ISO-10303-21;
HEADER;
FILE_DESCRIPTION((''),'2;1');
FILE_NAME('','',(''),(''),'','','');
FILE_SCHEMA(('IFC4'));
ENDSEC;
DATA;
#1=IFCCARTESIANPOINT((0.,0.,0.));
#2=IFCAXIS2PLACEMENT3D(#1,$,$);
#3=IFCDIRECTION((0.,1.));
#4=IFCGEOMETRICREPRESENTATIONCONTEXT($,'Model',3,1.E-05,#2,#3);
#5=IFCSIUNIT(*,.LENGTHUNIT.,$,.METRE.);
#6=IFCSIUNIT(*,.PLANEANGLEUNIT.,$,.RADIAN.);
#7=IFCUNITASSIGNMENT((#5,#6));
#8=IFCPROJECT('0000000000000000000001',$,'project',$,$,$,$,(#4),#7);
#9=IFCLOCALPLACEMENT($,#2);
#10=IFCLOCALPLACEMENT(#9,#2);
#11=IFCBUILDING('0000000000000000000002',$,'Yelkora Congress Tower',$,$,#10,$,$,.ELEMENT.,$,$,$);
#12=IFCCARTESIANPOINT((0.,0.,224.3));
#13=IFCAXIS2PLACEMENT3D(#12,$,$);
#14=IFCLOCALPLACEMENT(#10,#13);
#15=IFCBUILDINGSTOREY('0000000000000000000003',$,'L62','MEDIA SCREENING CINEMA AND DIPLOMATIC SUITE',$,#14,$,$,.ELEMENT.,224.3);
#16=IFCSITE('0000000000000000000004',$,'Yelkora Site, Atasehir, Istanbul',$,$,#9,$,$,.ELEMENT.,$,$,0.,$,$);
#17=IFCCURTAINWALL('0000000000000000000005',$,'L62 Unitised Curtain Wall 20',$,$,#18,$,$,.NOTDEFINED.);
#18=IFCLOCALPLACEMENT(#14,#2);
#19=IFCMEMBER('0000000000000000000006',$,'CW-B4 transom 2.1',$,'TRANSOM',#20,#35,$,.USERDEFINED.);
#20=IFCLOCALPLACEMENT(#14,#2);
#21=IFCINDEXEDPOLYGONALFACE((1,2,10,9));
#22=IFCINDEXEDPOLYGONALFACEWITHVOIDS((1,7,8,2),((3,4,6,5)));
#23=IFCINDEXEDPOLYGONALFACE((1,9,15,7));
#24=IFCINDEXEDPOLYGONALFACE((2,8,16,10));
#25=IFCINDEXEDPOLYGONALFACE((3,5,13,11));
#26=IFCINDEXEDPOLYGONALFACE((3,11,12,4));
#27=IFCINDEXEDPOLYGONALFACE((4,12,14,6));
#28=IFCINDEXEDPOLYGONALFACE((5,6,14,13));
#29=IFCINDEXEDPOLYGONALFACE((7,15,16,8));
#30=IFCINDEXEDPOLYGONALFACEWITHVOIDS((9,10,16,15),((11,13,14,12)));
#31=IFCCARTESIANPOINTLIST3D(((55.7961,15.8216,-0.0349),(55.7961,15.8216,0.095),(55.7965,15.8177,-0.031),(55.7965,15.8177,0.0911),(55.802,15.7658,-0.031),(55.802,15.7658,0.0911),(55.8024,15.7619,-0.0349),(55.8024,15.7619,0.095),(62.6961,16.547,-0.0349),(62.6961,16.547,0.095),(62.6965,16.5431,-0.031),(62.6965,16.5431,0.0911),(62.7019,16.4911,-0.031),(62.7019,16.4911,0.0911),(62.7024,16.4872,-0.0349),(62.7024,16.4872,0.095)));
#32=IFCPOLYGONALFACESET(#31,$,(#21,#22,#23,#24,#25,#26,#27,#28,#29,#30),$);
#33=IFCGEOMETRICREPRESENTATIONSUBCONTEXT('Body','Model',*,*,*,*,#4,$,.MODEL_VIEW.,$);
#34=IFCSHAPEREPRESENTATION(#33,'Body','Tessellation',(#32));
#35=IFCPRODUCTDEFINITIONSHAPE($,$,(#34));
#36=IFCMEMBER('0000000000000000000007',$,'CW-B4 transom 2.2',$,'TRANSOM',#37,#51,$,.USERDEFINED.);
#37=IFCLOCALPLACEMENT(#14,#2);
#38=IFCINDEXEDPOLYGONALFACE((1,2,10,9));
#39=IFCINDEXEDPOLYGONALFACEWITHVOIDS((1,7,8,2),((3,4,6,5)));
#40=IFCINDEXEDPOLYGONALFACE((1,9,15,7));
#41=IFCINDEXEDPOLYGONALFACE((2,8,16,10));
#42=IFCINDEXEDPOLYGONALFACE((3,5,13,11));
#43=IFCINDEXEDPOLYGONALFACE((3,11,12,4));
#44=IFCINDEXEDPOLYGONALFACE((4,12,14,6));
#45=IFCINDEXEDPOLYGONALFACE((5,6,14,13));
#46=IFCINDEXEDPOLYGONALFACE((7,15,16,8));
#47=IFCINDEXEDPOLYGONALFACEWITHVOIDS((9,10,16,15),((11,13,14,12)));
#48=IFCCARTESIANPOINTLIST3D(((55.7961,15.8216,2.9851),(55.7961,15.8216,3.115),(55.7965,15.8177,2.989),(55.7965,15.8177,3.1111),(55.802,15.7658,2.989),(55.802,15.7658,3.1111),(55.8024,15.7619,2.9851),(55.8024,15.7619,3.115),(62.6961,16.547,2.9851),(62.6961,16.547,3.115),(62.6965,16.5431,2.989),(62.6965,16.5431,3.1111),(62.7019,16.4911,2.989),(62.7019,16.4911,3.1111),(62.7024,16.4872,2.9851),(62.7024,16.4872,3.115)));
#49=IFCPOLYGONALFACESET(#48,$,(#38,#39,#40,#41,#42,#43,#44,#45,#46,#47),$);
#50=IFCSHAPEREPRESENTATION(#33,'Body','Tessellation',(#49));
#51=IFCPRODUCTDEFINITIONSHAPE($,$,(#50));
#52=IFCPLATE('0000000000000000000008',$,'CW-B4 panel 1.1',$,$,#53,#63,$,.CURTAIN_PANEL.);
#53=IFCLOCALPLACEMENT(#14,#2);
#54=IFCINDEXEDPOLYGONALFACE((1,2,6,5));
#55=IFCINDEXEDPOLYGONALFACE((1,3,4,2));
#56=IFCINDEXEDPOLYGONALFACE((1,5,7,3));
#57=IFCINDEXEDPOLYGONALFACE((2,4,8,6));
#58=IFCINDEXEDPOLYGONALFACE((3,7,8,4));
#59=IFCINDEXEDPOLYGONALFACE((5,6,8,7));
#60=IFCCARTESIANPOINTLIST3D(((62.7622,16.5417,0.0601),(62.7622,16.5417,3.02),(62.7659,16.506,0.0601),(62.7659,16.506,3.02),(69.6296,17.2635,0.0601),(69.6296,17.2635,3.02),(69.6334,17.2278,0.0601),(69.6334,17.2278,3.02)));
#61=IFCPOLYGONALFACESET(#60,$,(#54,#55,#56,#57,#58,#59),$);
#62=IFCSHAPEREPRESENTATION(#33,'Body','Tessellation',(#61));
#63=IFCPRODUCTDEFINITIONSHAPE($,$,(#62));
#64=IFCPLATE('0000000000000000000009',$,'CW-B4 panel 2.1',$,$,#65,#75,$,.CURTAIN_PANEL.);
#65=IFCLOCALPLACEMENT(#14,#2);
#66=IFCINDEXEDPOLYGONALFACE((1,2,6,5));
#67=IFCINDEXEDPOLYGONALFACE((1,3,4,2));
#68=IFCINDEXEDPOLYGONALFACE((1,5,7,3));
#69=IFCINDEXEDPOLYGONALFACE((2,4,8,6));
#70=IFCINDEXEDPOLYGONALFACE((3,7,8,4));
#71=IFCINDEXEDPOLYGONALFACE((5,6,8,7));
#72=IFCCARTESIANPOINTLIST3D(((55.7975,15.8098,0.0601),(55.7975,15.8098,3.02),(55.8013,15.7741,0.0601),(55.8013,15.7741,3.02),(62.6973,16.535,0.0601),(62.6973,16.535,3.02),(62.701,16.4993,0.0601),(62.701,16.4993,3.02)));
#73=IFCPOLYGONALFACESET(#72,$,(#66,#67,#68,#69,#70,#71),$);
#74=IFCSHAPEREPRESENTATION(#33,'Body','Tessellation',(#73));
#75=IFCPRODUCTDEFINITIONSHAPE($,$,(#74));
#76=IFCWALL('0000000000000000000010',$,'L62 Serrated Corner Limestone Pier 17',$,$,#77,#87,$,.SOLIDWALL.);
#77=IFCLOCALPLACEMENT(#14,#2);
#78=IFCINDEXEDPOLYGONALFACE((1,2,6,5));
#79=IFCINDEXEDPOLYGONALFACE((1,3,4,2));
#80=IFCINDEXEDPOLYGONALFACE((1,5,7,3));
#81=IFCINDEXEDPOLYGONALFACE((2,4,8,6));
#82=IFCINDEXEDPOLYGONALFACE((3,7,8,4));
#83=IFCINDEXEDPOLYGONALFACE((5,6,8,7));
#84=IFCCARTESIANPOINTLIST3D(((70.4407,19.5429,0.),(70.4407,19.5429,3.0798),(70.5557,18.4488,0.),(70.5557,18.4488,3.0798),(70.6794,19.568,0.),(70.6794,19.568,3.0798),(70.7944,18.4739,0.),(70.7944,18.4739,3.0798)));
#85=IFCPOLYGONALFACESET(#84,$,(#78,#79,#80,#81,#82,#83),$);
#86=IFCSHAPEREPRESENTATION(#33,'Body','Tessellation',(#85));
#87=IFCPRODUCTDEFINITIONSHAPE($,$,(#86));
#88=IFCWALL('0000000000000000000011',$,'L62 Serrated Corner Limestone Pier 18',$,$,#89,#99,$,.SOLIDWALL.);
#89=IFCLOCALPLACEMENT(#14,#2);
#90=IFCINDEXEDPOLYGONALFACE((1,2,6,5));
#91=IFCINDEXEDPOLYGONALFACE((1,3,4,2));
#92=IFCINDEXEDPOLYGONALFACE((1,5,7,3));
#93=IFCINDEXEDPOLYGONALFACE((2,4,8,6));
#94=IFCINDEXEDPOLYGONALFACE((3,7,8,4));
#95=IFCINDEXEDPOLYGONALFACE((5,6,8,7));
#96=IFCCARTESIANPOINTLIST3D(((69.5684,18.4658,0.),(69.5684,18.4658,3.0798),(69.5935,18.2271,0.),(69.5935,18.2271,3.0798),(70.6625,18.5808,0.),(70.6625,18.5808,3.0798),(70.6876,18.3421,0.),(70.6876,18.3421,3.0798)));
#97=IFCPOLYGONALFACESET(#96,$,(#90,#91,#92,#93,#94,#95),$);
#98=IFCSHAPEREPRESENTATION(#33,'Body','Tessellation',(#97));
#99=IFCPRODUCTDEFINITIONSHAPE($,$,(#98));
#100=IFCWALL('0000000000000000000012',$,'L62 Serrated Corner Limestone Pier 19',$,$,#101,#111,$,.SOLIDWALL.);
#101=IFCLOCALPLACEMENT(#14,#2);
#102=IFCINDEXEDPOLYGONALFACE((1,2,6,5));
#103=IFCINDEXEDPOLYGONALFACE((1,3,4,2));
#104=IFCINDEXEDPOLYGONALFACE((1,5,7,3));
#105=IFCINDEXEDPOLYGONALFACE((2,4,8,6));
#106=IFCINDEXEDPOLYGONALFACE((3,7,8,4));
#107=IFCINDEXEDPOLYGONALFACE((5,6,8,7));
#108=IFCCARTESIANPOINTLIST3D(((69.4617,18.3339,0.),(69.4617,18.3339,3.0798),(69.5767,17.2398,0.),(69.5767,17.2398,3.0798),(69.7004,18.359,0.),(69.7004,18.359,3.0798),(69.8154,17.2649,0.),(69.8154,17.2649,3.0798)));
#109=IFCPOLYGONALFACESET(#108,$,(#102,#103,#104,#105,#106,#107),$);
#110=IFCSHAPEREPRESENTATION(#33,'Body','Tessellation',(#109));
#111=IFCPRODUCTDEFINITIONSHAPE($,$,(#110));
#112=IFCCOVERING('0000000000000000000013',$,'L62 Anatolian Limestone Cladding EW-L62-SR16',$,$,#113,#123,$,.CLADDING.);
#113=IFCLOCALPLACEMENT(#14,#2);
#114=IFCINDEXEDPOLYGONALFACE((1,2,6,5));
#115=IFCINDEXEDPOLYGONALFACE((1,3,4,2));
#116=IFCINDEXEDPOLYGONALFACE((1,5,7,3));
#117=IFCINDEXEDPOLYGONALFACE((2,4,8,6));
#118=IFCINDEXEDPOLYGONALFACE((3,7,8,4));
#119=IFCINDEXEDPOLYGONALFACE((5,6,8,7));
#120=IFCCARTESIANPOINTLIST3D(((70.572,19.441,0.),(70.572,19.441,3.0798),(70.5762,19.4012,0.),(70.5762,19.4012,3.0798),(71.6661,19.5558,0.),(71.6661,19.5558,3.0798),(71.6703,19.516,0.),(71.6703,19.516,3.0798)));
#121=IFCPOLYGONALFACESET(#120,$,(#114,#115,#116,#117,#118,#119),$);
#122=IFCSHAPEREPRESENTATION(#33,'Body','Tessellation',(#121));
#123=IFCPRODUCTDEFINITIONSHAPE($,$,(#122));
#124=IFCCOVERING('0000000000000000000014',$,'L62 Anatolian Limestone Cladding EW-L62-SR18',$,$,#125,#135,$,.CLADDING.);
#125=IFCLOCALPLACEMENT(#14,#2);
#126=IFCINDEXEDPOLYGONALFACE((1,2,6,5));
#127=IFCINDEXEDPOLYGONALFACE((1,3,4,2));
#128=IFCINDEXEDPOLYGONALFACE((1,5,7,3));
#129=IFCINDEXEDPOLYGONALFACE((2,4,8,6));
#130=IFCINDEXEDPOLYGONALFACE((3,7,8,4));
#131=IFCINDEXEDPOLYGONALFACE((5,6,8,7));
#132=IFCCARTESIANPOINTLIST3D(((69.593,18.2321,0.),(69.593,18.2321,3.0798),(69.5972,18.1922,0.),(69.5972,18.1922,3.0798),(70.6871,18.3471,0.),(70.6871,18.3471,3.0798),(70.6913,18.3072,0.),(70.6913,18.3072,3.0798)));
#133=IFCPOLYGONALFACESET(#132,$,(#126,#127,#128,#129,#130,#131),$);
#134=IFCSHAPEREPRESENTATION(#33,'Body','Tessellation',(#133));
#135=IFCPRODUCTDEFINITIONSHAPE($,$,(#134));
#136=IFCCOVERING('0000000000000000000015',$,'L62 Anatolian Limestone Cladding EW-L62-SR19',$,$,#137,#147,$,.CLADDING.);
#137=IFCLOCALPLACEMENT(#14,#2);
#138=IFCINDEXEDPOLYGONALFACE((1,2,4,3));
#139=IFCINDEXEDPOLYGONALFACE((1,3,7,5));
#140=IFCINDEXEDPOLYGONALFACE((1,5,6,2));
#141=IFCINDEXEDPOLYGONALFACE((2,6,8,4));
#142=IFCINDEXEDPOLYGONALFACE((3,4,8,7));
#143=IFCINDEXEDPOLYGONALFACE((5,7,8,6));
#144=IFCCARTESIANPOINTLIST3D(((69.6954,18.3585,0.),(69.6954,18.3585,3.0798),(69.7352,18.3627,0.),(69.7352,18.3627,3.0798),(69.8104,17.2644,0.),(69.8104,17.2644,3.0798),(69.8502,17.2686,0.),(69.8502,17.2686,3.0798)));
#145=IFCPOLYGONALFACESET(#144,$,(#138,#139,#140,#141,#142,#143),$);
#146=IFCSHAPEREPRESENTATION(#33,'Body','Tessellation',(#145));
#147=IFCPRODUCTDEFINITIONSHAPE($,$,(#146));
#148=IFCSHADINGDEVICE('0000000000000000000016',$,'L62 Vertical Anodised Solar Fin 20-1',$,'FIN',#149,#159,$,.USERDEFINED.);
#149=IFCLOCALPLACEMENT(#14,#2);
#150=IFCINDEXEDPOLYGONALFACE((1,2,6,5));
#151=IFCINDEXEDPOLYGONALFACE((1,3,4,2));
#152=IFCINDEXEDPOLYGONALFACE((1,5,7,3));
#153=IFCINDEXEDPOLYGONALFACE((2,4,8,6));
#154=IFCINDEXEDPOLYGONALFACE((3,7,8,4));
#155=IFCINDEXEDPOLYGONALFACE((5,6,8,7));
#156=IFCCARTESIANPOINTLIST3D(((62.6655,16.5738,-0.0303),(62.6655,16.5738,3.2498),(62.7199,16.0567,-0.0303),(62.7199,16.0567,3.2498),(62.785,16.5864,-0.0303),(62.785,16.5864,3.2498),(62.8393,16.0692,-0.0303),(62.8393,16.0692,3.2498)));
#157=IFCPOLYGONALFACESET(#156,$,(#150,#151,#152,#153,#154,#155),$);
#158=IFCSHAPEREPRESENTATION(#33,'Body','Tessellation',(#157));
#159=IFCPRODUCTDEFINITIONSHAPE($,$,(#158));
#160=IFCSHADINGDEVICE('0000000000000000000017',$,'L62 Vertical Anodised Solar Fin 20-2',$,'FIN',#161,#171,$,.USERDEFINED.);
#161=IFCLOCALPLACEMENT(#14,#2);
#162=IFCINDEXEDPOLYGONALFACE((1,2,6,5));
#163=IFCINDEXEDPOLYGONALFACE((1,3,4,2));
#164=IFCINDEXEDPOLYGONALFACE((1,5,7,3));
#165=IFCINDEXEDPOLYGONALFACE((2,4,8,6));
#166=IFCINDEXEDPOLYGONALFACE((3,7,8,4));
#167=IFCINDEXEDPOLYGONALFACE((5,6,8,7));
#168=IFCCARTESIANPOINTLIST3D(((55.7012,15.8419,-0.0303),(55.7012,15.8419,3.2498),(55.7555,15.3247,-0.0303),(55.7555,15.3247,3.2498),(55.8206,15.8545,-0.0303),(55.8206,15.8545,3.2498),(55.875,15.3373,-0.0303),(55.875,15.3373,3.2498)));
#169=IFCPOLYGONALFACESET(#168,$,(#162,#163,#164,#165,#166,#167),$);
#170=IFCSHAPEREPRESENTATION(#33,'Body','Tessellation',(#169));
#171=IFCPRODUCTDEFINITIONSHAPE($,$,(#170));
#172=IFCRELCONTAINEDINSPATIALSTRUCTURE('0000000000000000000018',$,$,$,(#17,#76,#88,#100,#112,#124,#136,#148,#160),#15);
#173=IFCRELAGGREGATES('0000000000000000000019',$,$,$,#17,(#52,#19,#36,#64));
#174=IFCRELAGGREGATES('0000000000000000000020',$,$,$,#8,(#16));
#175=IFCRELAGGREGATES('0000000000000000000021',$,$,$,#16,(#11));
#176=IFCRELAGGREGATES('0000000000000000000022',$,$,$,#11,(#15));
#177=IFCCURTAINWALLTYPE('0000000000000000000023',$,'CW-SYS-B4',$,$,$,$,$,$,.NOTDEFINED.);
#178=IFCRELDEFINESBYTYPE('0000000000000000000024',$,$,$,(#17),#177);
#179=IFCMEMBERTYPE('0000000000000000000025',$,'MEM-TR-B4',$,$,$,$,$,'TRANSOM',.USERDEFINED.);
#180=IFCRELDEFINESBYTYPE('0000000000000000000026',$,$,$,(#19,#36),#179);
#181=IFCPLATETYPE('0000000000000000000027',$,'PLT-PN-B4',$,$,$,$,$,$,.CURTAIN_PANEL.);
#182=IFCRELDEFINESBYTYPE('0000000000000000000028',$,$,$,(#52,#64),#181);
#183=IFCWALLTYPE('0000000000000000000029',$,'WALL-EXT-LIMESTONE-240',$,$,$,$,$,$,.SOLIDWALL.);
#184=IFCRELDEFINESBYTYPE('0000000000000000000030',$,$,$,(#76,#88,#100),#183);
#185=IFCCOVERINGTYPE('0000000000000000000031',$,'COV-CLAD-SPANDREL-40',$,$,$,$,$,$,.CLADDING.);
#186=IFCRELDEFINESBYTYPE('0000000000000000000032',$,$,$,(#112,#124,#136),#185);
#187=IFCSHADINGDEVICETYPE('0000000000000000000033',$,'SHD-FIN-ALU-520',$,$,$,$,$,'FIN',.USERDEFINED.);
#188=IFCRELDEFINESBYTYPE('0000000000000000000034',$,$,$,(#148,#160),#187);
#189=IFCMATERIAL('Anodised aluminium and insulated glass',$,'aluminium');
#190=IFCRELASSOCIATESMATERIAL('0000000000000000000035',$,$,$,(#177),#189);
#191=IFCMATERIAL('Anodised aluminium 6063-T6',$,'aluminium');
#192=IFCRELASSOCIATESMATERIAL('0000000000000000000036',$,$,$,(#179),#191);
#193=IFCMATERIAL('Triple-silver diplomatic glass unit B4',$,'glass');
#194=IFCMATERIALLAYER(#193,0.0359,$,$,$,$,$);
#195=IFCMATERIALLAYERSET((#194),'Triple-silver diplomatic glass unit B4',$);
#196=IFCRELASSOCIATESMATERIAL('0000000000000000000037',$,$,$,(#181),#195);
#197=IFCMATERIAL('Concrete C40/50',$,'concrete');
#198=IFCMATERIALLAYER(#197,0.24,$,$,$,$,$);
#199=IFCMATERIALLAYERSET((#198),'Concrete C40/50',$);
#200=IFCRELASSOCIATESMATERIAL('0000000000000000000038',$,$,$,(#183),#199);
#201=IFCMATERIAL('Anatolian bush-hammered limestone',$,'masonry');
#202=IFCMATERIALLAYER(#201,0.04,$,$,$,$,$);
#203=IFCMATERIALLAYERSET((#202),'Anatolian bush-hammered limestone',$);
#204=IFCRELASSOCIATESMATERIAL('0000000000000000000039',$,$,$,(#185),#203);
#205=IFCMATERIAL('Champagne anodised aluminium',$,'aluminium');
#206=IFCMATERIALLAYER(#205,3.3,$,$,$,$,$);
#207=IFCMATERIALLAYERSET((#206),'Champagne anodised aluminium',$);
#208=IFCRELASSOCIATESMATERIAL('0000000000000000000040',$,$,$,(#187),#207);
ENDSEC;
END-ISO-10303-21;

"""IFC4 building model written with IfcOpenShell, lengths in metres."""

from ifc_helpers import new_model, si_unit, direction, frame, frame_2d, origin, origin_2d, place, context, subcontext, project, spatial, rectangle, hollow_rectangle, extrude, material, layer, layer_set, material_profile, profile_set, type_object, element, aggregate, save


model = new_model("IFC4")

# Units and contexts
model_context = context("Model", 3, precision=1e-05, world=origin(), true_north=direction((0.0, 1.0)))
body_context = subcontext(model_context, "Body", "Model", "MODEL_VIEW")
ifc_project = project(units=[si_unit("LENGTHUNIT", "METRE"), si_unit("PLANEANGLEUNIT", "RADIAN")], contexts=[model_context])

# Site, building, storey
site_placement = place(None, origin())
site = spatial("IfcSite", under=ifc_project, at=site_placement, Name="Yelkora Site, Atasehir, Istanbul", CompositionType="ELEMENT", RefElevation=0.0)
building_placement = place(site_placement, origin())
building = spatial("IfcBuilding", under=site, at=building_placement, Name="Yelkora Congress Tower", CompositionType="ELEMENT")
storey_placement = place(building_placement, frame((0.0, 0.0, 224.3)))
storey = spatial("IfcBuildingStorey", under=building, at=storey_placement, Name="L62", Description="MEDIA SCREENING CINEMA AND DIPLOMATIC SUITE", CompositionType="ELEMENT", Elevation=224.3)

# Curtain wall, members, plates
ifc_material_1 = material(Name="Anodised aluminium and insulated glass", Category="aluminium")
curtain_wall_type = type_object("IfcCurtainWallType", Name="CW-SYS-B4", PredefinedType="NOTDEFINED", material=ifc_material_1)
curtain_wall_placement = place(storey_placement, origin())
curtain_wall = element("IfcCurtainWall", 1, at=curtain_wall_placement, inside=storey, type_object=curtain_wall_type, Name="L62 Unitised Curtain Wall 20", PredefinedType="NOTDEFINED")
ifc_material_2 = material(Name="Anodised aluminium 6063-T6", Category="aluminium")
ifc_material_profile_1 = material_profile(ifc_material_2, hollow_rectangle(XDim=0.0601, YDim=0.1299, WallThickness=0.0039, at=origin_2d()), Name="ALU 60x130x4")
ifc_profile_set_1 = profile_set([ifc_material_profile_1], Name="Anodised aluminium 6063-T6")
member_type_1 = type_object("IfcMemberType", Name="MEM-TR-B4", ElementType="TRANSOM", PredefinedType="USERDEFINED", material=ifc_profile_set_1)
member_1_placement = place(storey_placement, frame((62.6992, 16.5171, 0.03), z_axis=(-0.99452, -0.104547, 0.0), x_axis=(0.104547, -0.99452, 0.0)))
member_1 = element("IfcMember", 2, at=member_1_placement, type_object=member_type_1, Name="CW-B4 transom 2.1", ObjectType="TRANSOM", PredefinedType="USERDEFINED", context=body_context, shape_type="SweptSolid", body=[
    extrude(hollow_rectangle(XDim=0.0601, YDim=0.1299, WallThickness=0.0039, at=origin_2d()), origin(), (0.0, 0.0, 1.0), 6.938),
])
member_2_placement = place(storey_placement, frame((62.6992, 16.5171, 3.05), z_axis=(-0.99452, -0.104547, 0.0), x_axis=(0.104547, -0.99452, 0.0)))
member_2 = element("IfcMember", 3, at=member_2_placement, type_object=member_type_1, Name="CW-B4 transom 2.2", ObjectType="TRANSOM", PredefinedType="USERDEFINED", context=body_context, shape_type="SweptSolid", body=[
    extrude(hollow_rectangle(XDim=0.0601, YDim=0.1299, WallThickness=0.0039, at=origin_2d()), origin(), (0.0, 0.0, 1.0), 6.938),
])
ifc_material_3 = material(Name="Triple-silver diplomatic glass unit B4", Category="glass")
ifc_layer_1 = layer(ifc_material_3, 0.0359)
ifc_layer_set_1 = layer_set([ifc_layer_1], Name="Triple-silver diplomatic glass unit B4")
plate_type = type_object("IfcPlateType", Name="PLT-PN-B4", PredefinedType="CURTAIN_PANEL", material=ifc_layer_set_1)
plate_1_placement = place(storey_placement, frame((66.1978, 16.8848, 0.0601), z_axis=(0.0, 0.0, 1.0), x_axis=(-0.994522, -0.104527, 0.0)))
plate_1 = element("IfcPlate", 4, at=plate_1_placement, type_object=plate_type, Name="CW-B4 panel 1.1", PredefinedType="CURTAIN_PANEL", context=body_context, shape_type="SweptSolid", body=[
    extrude(rectangle(XDim=6.9053, YDim=0.0359, at=origin_2d()), origin(), (0.0, 0.0, 1.0), 2.96),
])
plate_2_placement = place(storey_placement, frame((59.2493, 16.1545, 0.0601), z_axis=(0.0, 0.0, 1.0), x_axis=(-0.994522, -0.104527, 0.0)))
plate_2 = element("IfcPlate", 5, at=plate_2_placement, type_object=plate_type, Name="CW-B4 panel 2.1", PredefinedType="CURTAIN_PANEL", context=body_context, shape_type="SweptSolid", body=[
    extrude(rectangle(XDim=6.9377, YDim=0.0359, at=origin_2d()), origin(), (0.0, 0.0, 1.0), 2.96),
])
aggregate(curtain_wall, [plate_1, member_1, member_2, plate_2])

# Walls
ifc_material_4 = material(Name="Concrete C40/50", Category="concrete")
ifc_layer_2 = layer(ifc_material_4, 0.24)
ifc_layer_set_2 = layer_set([ifc_layer_2], Name="Concrete C40/50")
wall_type = type_object("IfcWallType", Name="WALL-EXT-LIMESTONE-240", PredefinedType="SOLIDWALL", material=ifc_layer_set_2)
for number, where, z_axis, x_axis, name in (
    (6, (70.5601, 19.5554, 0.0), (0.0, 0.0, 1.0), (0.104535, -0.994521, 0.0), "L62 Serrated Corner Limestone Pier 17"),
    (7, (70.675, 18.4614, 0.0), (0.0, 0.0, 1.0), (-0.994521, -0.104535, 0.0), "L62 Serrated Corner Limestone Pier 18"),
    (8, (69.5811, 18.3464, 0.0), (0.0, 0.0, 1.0), (0.104535, -0.994521, 0.0), "L62 Serrated Corner Limestone Pier 19"),
):
    element("IfcWall", number, at=place(storey_placement, frame(where, z_axis=z_axis, x_axis=x_axis)), inside=storey, type_object=wall_type, Name=name, PredefinedType="SOLIDWALL", context=body_context, shape_type="SweptSolid", body=[
        extrude(rectangle(XDim=1.1001, YDim=0.24, at=frame_2d((0.55, 0.0))), origin(), (0.0, 0.0, 1.0), 3.0798),
    ])

# Coverings
ifc_material_5 = material(Name="Anatolian bush-hammered limestone", Category="masonry")
ifc_layer_3 = layer(ifc_material_5, 0.04)
ifc_layer_set_3 = layer_set([ifc_layer_3], Name="Anatolian bush-hammered limestone")
covering_type = type_object("IfcCoveringType", Name="COV-CLAD-SPANDREL-40", PredefinedType="CLADDING", material=ifc_layer_set_3)
for number, where, z_axis, x_axis, name in (
    (9, (71.6682, 19.5359, 0.0), (0.0, 0.0, 1.0), (-0.994544, -0.104315, 0.0), "L62 Anatolian Limestone Cladding EW-L62-SR16"),
    (10, (70.6892, 18.3271, 0.0), (0.0, 0.0, 1.0), (-0.994521, -0.104535, 0.0), "L62 Anatolian Limestone Cladding EW-L62-SR18"),
    (11, (69.7153, 18.3606, 0.0), (0.0, 0.0, 1.0), (0.104535, -0.994521, 0.0), "L62 Anatolian Limestone Cladding EW-L62-SR19"),
):
    element("IfcCovering", number, at=place(storey_placement, frame(where, z_axis=z_axis, x_axis=x_axis)), inside=storey, type_object=covering_type, Name=name, PredefinedType="CLADDING", context=body_context, shape_type="SweptSolid", body=[
        extrude(rectangle(XDim=1.1001, YDim=0.04, at=frame_2d((0.55, 0.0))), origin(), (0.0, 0.0, 1.0), 3.0798),
    ])

# Shading devices
ifc_material_6 = material(Name="Champagne anodised aluminium", Category="aluminium")
ifc_layer_4 = layer(ifc_material_6, 3.3)
ifc_layer_set_4 = layer_set([ifc_layer_4], Name="Champagne anodised aluminium")
shading_device_type = type_object("IfcShadingDeviceType", Name="SHD-FIN-ALU-520", ElementType="FIN", PredefinedType="USERDEFINED", material=ifc_layer_set_4)
for number, where, z_axis, x_axis, name in (
    (12, (62.7524, 16.3215, -0.0303), (0.0, 0.0, 1.0), (-0.994522, -0.104528, 0.0), "L62 Vertical Anodised Solar Fin 20-1"),
    (13, (55.7881, 15.5896, -0.0303), (0.0, 0.0, 1.0), (-0.994522, -0.104528, 0.0), "L62 Vertical Anodised Solar Fin 20-2"),
):
    element("IfcShadingDevice", number, at=place(storey_placement, frame(where, z_axis=z_axis, x_axis=x_axis)), inside=storey, type_object=shading_device_type, Name=name, ObjectType="FIN", PredefinedType="USERDEFINED", context=body_context, shape_type="SweptSolid", body=[
        extrude(rectangle(XDim=0.1201, YDim=0.52, at=origin_2d()), origin(), (0.0, 0.0, 1.0), 3.28),
    ])

save(model, "model.ifc")
